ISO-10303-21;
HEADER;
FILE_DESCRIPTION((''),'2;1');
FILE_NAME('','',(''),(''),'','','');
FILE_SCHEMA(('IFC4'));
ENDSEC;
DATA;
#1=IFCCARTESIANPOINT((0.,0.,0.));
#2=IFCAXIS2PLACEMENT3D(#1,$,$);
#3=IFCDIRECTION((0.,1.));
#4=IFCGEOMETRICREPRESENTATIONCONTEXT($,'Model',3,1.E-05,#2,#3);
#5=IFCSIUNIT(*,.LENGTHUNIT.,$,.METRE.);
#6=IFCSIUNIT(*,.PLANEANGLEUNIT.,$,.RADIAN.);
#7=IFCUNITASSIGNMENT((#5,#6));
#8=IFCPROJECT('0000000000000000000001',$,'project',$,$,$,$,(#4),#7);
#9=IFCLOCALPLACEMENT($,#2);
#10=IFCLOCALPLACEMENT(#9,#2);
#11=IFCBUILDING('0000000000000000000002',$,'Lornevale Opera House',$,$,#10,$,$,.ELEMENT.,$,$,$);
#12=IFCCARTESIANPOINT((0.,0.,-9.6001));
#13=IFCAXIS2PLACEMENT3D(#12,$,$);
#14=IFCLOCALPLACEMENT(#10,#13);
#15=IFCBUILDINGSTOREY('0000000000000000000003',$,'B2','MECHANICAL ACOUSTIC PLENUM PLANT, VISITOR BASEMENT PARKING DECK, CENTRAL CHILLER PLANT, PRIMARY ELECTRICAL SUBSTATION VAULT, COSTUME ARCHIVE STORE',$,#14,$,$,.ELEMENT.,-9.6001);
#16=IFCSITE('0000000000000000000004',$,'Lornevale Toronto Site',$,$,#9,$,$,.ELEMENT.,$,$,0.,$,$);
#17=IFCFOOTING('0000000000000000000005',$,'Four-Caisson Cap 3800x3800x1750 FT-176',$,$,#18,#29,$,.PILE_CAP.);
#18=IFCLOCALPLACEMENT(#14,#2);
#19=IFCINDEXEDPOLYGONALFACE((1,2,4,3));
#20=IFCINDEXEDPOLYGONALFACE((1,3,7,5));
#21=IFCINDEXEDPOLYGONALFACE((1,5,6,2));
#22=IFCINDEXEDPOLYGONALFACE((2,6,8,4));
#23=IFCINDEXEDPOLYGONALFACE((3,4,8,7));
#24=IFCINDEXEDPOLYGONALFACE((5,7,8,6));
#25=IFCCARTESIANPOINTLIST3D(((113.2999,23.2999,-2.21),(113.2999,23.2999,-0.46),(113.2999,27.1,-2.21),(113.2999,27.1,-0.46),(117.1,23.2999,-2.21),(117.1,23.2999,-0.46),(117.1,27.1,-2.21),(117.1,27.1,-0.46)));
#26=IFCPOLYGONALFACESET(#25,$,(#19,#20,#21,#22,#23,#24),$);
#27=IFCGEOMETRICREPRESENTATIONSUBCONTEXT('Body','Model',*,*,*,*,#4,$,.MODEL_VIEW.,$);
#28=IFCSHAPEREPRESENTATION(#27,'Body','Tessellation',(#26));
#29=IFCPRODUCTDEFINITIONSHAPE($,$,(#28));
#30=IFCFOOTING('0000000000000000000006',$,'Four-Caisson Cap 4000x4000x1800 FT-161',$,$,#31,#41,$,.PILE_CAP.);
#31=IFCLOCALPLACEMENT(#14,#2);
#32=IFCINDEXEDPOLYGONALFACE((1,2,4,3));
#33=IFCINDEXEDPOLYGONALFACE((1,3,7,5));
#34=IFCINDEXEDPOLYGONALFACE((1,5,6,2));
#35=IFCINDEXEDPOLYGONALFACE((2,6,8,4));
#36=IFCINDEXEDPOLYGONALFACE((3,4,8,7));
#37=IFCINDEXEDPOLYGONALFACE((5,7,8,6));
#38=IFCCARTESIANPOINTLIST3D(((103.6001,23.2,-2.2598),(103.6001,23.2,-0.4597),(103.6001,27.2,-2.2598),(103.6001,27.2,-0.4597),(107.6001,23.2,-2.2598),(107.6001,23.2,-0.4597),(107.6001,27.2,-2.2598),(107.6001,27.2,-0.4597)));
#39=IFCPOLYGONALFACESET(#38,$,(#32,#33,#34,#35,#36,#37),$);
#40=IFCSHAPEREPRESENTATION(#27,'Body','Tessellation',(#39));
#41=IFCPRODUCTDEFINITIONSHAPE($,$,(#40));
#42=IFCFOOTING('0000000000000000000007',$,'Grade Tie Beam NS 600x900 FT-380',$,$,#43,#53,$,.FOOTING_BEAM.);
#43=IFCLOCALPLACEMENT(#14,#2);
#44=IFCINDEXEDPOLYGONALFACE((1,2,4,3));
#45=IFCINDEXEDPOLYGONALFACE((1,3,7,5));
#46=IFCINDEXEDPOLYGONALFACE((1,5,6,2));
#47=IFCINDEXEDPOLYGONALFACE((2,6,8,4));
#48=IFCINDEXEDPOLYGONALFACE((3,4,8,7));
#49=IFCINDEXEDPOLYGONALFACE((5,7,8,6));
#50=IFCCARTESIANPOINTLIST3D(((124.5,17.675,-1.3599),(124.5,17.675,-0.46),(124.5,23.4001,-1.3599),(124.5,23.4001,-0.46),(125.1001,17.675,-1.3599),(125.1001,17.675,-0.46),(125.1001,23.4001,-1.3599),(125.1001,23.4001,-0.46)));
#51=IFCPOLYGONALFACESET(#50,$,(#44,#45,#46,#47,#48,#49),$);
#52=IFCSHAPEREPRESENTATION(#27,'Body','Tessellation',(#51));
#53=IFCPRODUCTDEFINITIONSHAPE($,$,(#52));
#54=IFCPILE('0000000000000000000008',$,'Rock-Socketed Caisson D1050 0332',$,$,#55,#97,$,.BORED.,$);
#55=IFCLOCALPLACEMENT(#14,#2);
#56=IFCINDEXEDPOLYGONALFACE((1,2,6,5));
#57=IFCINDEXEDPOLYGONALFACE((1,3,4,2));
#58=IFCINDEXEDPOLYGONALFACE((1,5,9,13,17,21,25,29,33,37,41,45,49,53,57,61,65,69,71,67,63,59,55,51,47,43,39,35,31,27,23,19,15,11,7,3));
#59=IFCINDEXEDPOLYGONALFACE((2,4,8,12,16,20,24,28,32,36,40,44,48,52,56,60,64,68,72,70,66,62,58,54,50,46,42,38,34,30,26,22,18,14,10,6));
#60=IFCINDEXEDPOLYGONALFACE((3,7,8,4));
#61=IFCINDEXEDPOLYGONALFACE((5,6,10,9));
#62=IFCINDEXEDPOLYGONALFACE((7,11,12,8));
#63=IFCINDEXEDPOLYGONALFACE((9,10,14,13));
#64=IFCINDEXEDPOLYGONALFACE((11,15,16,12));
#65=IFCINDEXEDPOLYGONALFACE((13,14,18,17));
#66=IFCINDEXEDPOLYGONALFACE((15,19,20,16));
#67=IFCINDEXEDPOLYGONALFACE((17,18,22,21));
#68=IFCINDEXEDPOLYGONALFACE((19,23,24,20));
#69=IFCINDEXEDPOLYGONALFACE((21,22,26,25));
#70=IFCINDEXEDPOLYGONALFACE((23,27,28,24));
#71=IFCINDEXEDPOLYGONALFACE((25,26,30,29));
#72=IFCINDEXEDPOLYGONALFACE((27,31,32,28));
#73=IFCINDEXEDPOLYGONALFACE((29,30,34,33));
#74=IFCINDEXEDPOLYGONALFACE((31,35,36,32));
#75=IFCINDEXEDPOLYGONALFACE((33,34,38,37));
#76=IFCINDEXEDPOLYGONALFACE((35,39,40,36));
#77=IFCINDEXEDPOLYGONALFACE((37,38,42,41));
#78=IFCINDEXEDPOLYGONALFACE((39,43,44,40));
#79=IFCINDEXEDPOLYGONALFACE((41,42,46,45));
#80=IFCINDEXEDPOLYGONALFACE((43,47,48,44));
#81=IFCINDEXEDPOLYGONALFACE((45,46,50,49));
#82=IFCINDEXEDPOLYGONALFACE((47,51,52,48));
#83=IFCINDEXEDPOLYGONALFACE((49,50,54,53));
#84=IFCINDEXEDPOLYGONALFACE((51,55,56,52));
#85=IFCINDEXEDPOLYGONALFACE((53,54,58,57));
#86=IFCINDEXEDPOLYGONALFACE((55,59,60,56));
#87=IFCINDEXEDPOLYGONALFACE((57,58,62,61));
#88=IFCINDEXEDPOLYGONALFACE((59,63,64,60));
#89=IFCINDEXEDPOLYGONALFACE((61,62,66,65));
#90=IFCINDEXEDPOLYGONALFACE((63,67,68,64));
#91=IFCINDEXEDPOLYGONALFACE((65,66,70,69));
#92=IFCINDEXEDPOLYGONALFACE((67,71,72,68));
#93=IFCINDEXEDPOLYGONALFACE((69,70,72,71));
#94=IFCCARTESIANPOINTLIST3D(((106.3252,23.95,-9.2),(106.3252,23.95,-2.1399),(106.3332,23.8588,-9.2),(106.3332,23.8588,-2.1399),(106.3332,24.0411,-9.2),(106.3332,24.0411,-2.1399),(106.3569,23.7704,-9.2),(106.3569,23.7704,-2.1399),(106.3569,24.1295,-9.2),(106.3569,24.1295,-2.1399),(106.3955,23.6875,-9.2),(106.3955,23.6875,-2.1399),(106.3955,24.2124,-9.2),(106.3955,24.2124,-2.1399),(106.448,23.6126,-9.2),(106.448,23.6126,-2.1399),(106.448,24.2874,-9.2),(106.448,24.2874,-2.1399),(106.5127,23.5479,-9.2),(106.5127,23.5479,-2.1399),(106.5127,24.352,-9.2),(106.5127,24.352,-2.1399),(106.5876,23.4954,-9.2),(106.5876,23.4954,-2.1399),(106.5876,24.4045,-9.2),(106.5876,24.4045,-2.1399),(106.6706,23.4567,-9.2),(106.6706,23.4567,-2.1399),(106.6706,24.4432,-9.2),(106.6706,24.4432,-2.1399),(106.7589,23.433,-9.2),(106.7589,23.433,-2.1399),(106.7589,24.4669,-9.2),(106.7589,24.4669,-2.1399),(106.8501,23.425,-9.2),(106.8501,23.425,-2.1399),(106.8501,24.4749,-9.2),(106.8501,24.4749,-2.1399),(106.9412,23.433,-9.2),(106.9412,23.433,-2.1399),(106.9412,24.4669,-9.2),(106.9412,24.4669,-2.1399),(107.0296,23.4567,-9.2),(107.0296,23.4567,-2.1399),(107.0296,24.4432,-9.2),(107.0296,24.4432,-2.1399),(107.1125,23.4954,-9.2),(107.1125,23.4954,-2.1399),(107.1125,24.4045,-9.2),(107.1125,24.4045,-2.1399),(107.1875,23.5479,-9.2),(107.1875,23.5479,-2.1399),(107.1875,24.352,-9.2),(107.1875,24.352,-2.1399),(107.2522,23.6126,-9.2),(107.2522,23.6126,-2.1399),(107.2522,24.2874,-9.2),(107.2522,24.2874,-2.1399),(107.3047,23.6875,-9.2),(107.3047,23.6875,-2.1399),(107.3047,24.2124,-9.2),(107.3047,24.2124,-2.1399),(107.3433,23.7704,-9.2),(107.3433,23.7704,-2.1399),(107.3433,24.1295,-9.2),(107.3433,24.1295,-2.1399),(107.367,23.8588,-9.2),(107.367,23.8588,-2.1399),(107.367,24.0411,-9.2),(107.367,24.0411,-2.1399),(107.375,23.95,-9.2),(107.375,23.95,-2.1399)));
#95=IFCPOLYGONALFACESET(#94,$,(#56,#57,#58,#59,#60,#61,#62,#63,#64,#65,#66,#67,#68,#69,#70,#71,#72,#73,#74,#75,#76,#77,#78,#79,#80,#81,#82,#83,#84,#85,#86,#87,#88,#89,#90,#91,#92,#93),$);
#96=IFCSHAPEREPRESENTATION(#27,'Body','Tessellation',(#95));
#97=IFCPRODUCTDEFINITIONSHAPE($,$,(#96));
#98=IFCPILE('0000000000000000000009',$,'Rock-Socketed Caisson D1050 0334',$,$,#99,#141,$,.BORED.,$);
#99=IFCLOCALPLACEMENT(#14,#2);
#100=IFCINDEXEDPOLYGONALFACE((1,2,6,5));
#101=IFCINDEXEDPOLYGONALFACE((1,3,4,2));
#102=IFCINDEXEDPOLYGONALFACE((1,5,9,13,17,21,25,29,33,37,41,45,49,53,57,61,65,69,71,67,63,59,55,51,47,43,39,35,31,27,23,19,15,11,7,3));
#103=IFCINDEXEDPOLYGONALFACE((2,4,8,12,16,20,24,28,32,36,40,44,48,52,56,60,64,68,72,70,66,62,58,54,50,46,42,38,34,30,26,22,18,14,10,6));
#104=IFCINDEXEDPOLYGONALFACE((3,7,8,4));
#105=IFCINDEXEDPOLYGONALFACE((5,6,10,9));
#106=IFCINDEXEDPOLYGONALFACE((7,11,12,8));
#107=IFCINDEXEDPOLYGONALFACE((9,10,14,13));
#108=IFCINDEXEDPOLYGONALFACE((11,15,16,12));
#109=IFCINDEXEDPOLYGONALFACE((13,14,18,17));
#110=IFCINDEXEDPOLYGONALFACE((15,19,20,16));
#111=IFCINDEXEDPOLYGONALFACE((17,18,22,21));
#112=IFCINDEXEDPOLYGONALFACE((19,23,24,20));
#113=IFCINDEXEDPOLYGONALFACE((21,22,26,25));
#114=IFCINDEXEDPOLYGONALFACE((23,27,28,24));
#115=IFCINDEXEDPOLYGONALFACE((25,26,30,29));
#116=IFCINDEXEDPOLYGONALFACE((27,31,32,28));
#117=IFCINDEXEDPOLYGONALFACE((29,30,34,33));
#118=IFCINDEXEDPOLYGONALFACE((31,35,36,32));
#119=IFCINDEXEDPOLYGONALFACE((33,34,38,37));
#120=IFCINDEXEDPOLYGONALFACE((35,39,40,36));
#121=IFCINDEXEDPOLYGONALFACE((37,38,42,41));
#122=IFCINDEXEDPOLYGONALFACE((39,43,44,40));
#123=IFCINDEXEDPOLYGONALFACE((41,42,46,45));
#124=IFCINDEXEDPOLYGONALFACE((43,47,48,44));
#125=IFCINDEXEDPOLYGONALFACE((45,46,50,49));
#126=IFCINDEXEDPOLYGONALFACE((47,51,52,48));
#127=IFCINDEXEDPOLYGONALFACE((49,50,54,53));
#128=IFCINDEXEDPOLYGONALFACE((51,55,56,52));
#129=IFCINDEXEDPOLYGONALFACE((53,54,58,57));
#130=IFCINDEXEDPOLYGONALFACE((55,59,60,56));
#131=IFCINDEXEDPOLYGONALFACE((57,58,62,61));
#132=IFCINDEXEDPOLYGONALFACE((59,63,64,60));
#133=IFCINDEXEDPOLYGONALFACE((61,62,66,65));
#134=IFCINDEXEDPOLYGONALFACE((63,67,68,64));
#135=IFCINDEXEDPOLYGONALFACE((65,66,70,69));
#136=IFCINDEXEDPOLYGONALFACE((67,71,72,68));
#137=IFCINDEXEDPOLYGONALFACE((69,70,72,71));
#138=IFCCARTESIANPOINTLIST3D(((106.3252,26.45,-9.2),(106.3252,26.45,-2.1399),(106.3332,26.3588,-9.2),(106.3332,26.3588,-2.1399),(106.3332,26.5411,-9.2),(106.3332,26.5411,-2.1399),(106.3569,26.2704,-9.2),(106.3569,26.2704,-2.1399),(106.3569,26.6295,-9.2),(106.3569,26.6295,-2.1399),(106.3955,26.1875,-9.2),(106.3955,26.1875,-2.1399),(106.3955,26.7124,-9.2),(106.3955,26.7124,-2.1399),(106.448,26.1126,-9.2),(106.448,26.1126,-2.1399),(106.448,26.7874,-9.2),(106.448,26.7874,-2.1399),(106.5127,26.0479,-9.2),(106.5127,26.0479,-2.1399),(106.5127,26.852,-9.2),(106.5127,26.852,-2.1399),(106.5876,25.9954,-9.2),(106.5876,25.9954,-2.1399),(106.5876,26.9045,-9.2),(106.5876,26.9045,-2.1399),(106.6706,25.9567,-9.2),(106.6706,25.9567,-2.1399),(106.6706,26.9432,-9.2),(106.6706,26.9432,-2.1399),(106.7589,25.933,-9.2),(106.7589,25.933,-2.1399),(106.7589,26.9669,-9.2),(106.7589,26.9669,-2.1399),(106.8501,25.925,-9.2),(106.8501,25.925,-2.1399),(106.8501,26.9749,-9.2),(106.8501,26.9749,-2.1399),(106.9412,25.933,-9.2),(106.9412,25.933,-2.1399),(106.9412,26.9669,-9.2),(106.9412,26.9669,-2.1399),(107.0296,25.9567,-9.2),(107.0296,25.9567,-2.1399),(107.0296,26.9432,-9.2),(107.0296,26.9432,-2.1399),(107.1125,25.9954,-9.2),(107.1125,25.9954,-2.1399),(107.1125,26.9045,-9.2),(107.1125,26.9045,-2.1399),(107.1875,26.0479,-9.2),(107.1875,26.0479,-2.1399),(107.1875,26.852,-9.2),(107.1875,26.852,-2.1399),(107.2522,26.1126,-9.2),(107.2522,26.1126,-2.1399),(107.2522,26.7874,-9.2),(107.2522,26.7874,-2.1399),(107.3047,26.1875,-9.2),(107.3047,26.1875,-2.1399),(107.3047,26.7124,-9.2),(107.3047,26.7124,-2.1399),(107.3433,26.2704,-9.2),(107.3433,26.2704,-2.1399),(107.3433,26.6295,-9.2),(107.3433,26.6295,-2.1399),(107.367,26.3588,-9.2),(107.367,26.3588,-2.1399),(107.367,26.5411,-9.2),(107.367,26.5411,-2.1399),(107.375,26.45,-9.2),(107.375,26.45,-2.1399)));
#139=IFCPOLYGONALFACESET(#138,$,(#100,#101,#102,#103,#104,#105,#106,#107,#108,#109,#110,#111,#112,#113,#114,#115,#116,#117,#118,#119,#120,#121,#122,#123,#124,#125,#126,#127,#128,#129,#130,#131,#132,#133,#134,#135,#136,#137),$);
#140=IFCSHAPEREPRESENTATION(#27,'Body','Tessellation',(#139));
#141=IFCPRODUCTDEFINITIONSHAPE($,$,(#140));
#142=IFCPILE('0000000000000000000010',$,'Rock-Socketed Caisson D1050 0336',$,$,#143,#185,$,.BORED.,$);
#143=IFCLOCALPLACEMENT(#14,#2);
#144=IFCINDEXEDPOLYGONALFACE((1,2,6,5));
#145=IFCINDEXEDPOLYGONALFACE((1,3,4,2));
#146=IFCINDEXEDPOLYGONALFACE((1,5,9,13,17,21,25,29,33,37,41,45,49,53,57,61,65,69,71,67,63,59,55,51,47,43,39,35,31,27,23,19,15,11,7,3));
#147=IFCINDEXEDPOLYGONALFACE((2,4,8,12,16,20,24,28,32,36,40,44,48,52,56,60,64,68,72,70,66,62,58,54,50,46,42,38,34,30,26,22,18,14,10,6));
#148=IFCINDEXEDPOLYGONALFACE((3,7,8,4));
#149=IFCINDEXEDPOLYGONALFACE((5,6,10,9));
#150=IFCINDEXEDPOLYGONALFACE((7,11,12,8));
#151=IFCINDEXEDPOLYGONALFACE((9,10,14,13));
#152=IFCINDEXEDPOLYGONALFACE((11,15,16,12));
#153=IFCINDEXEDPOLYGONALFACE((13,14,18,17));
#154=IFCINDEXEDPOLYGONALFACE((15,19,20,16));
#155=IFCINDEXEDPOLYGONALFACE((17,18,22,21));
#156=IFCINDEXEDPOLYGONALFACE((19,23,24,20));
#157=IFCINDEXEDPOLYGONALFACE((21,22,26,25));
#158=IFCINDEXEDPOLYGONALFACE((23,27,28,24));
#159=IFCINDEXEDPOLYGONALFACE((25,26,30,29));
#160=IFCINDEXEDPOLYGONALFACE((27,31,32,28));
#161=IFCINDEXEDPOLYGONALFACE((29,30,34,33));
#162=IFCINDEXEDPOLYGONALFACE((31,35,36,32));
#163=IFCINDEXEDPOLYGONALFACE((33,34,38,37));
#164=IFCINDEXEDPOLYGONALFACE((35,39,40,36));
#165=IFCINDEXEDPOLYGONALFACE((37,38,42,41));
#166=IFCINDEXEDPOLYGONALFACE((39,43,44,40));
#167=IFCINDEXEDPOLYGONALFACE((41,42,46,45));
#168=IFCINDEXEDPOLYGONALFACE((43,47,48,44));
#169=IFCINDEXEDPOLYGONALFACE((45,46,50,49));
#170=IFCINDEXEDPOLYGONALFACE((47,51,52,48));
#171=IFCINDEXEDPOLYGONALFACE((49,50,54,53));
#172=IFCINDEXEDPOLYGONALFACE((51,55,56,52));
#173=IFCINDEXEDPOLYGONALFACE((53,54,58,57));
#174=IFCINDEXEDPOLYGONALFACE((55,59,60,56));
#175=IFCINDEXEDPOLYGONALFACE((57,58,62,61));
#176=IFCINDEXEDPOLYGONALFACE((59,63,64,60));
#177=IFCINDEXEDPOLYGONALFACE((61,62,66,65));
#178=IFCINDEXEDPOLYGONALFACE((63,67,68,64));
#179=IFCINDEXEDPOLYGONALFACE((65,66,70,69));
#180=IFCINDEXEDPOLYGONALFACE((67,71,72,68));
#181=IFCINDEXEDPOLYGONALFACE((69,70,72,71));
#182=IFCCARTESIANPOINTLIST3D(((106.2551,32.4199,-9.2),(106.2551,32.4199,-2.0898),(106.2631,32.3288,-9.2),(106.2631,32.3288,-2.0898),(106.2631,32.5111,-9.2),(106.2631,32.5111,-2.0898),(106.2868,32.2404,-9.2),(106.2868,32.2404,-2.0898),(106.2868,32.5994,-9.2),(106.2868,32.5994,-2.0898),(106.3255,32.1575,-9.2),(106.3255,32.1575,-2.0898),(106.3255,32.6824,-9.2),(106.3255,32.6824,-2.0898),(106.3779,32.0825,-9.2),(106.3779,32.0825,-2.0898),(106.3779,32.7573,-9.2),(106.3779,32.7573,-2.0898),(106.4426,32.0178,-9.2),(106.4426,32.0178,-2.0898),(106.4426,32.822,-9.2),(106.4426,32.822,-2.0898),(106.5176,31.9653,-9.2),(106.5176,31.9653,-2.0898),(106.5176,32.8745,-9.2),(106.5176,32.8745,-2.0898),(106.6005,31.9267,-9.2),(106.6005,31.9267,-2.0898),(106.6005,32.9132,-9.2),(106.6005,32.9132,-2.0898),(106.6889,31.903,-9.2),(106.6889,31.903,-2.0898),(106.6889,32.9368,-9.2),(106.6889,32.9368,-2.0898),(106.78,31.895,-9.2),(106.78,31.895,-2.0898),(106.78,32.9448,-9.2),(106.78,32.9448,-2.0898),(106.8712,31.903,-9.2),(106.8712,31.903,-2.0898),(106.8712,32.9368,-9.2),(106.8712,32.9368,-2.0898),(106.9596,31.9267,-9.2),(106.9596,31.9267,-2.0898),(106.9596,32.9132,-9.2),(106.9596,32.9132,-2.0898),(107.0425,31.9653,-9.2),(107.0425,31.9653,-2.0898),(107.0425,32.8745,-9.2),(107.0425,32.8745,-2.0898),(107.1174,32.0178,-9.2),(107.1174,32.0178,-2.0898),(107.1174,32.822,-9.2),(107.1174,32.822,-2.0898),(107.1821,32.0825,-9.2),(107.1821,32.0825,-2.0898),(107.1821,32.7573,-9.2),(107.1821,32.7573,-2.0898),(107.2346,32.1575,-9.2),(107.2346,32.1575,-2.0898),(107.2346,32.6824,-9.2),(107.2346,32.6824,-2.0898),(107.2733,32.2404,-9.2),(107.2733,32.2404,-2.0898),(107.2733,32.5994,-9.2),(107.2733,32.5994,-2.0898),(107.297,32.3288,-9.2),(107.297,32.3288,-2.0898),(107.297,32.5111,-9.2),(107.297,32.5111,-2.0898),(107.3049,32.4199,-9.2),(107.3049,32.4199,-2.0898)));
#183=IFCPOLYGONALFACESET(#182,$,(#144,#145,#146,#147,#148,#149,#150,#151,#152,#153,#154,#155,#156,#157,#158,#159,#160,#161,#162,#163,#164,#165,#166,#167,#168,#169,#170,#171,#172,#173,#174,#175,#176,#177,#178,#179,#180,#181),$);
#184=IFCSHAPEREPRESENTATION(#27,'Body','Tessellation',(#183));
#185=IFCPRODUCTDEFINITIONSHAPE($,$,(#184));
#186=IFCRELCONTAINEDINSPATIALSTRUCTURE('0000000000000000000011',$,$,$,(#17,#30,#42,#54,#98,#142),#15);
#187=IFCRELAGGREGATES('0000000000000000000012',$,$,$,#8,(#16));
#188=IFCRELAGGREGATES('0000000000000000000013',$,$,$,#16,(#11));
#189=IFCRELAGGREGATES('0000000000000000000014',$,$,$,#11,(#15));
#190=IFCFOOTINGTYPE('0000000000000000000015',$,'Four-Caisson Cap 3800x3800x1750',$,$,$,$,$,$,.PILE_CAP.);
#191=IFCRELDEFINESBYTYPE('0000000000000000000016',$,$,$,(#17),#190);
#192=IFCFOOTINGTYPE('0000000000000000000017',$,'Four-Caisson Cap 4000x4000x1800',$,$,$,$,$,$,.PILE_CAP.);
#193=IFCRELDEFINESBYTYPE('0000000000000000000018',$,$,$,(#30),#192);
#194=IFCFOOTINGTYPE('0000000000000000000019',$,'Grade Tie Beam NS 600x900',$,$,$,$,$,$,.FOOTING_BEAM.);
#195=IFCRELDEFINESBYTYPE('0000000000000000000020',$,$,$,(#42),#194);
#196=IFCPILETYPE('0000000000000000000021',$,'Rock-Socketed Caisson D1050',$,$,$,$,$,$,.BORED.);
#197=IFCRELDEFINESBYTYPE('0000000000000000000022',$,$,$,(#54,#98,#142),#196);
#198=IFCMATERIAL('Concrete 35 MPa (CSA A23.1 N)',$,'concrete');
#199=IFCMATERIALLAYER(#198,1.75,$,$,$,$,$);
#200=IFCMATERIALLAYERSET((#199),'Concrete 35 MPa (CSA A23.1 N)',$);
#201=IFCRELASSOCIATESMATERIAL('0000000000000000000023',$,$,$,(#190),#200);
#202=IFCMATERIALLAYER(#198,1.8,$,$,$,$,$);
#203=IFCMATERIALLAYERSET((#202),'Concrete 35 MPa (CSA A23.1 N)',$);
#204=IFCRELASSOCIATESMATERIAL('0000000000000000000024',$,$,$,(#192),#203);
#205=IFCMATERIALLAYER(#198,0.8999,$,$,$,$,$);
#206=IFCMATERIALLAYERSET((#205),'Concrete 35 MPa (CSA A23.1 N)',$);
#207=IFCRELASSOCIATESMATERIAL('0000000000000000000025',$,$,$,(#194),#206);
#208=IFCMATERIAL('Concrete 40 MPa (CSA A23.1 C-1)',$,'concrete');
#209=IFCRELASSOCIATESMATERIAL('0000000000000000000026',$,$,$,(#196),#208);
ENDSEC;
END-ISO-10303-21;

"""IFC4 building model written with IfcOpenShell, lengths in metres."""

from ifc_helpers import new_model, si_unit, direction, frame, origin, origin_2d, place, context, subcontext, project, spatial, rectangle, circle, extrude, material, layer, layer_set, material_profile, profile_set, type_object, element, save


model = new_model("IFC4")

# Units and contexts
model_context = context("Model", 3, precision=1e-05, world=origin(), true_north=direction((0.0, 1.0)))
body_context = subcontext(model_context, "Body", "Model", "MODEL_VIEW")
ifc_project = project(units=[si_unit("LENGTHUNIT", "METRE"), si_unit("PLANEANGLEUNIT", "RADIAN")], contexts=[model_context])

# Site, building, storey
site_placement = place(None, origin())
site = spatial("IfcSite", under=ifc_project, at=site_placement, Name="Lornevale Toronto Site", CompositionType="ELEMENT", RefElevation=0.0)
building_placement = place(site_placement, origin())
building = spatial("IfcBuilding", under=site, at=building_placement, Name="Lornevale Opera House", CompositionType="ELEMENT")
storey_placement = place(building_placement, frame((0.0, 0.0, -9.6001)))
storey = spatial("IfcBuildingStorey", under=building, at=storey_placement, Name="B2", Description="MECHANICAL ACOUSTIC PLENUM PLANT, VISITOR BASEMENT PARKING DECK, CENTRAL CHILLER PLANT, PRIMARY ELECTRICAL SUBSTATION VAULT, COSTUME ARCHIVE STORE", CompositionType="ELEMENT", Elevation=-9.6001)

# Footings
ifc_material_1 = material(Name="Concrete 35 MPa (CSA A23.1 N)", Category="concrete")
ifc_layer_1 = layer(ifc_material_1, 1.75)
ifc_layer_set_1 = layer_set([ifc_layer_1], Name="Concrete 35 MPa (CSA A23.1 N)")
footing_type_1 = type_object("IfcFootingType", Name="Four-Caisson Cap 3800x3800x1750", PredefinedType="PILE_CAP", material=ifc_layer_set_1)
footing_1_placement = place(storey_placement, frame((115.2, 25.2, -2.21), z_axis=(0.0, 0.0, 1.0), x_axis=(1.0, 0.0, 0.0)))
element("IfcFooting", 1, at=footing_1_placement, inside=storey, type_object=footing_type_1, Name="Four-Caisson Cap 3800x3800x1750 FT-176", PredefinedType="PILE_CAP", context=body_context, shape_type="SweptSolid", body=[
    extrude(rectangle(XDim=3.8, YDim=3.8, at=origin_2d()), origin(), (0.0, 0.0, 1.0), 1.75),
])
ifc_layer_2 = layer(ifc_material_1, 1.8)
ifc_layer_set_2 = layer_set([ifc_layer_2], Name="Concrete 35 MPa (CSA A23.1 N)")
footing_type_2 = type_object("IfcFootingType", Name="Four-Caisson Cap 4000x4000x1800", PredefinedType="PILE_CAP", material=ifc_layer_set_2)
footing_2_placement = place(storey_placement, frame((105.6001, 25.2, -2.2598), z_axis=(0.0, 0.0, 1.0), x_axis=(1.0, 0.0, 0.0)))
element("IfcFooting", 2, at=footing_2_placement, inside=storey, type_object=footing_type_2, Name="Four-Caisson Cap 4000x4000x1800 FT-161", PredefinedType="PILE_CAP", context=body_context, shape_type="SweptSolid", body=[
    extrude(rectangle(XDim=4.0, YDim=4.0, at=origin_2d()), origin(), (0.0, 0.0, 1.0), 1.8),
])
ifc_layer_3 = layer(ifc_material_1, 0.8999)
ifc_layer_set_3 = layer_set([ifc_layer_3], Name="Concrete 35 MPa (CSA A23.1 N)")
footing_type_3 = type_object("IfcFootingType", Name="Grade Tie Beam NS 600x900", PredefinedType="FOOTING_BEAM", material=ifc_layer_set_3)
footing_3_placement = place(storey_placement, frame((124.8, 20.5376, -1.3599), z_axis=(0.0, 0.0, 1.0), x_axis=(1.0, 0.0, 0.0)))
element("IfcFooting", 3, at=footing_3_placement, inside=storey, type_object=footing_type_3, Name="Grade Tie Beam NS 600x900 FT-380", PredefinedType="FOOTING_BEAM", context=body_context, shape_type="SweptSolid", body=[
    extrude(rectangle(XDim=0.6001, YDim=5.7251, at=origin_2d()), origin(), (0.0, 0.0, 1.0), 0.8999),
])

# Piles
ifc_material_2 = material(Name="Concrete 40 MPa (CSA A23.1 C-1)", Category="concrete")
ifc_material_profile_1 = material_profile(ifc_material_2, circle(Radius=0.5249, at=origin_2d()), Name="CAIS1050")
ifc_profile_set_1 = profile_set([ifc_material_profile_1], Name="Concrete 40 MPa (CSA A23.1 C-1)")
pile_type_1 = type_object("IfcPileType", Name="Rock-Socketed Caisson D1050", PredefinedType="BORED", material=ifc_profile_set_1)
for number, where, z_axis, x_axis, name in (
    (4, (106.8501, 23.95, -2.1399), (0.0, 0.0, -1.0), (1.0, 0.0, 0.0), "Rock-Socketed Caisson D1050 0332"),
    (5, (106.8501, 26.45, -2.1399), (0.0, 0.0, -1.0), (1.0, 0.0, 0.0), "Rock-Socketed Caisson D1050 0334"),
):
    element("IfcPile", number, at=place(storey_placement, frame(where, z_axis=z_axis, x_axis=x_axis)), inside=storey, type_object=pile_type_1, Name=name, PredefinedType="BORED", context=body_context, shape_type="SweptSolid", body=[
        extrude(circle(Radius=0.5249, at=origin_2d()), origin(), (0.0, 0.0, 1.0), 7.0601),
    ])
for number, where, z_axis, x_axis, name in (
    (6, (106.78, 32.4199, -2.0898), (0.0, 0.0, -1.0), (1.0, 0.0, 0.0), "Rock-Socketed Caisson D1050 0336"),
):
    element("IfcPile", number, at=place(storey_placement, frame(where, z_axis=z_axis, x_axis=x_axis)), inside=storey, type_object=pile_type_1, Name=name, PredefinedType="BORED", context=body_context, shape_type="SweptSolid", body=[
        extrude(circle(Radius=0.5249, at=origin_2d()), origin(), (0.0, 0.0, 1.0), 7.1101),
    ])

save(model, "model.ifc")
